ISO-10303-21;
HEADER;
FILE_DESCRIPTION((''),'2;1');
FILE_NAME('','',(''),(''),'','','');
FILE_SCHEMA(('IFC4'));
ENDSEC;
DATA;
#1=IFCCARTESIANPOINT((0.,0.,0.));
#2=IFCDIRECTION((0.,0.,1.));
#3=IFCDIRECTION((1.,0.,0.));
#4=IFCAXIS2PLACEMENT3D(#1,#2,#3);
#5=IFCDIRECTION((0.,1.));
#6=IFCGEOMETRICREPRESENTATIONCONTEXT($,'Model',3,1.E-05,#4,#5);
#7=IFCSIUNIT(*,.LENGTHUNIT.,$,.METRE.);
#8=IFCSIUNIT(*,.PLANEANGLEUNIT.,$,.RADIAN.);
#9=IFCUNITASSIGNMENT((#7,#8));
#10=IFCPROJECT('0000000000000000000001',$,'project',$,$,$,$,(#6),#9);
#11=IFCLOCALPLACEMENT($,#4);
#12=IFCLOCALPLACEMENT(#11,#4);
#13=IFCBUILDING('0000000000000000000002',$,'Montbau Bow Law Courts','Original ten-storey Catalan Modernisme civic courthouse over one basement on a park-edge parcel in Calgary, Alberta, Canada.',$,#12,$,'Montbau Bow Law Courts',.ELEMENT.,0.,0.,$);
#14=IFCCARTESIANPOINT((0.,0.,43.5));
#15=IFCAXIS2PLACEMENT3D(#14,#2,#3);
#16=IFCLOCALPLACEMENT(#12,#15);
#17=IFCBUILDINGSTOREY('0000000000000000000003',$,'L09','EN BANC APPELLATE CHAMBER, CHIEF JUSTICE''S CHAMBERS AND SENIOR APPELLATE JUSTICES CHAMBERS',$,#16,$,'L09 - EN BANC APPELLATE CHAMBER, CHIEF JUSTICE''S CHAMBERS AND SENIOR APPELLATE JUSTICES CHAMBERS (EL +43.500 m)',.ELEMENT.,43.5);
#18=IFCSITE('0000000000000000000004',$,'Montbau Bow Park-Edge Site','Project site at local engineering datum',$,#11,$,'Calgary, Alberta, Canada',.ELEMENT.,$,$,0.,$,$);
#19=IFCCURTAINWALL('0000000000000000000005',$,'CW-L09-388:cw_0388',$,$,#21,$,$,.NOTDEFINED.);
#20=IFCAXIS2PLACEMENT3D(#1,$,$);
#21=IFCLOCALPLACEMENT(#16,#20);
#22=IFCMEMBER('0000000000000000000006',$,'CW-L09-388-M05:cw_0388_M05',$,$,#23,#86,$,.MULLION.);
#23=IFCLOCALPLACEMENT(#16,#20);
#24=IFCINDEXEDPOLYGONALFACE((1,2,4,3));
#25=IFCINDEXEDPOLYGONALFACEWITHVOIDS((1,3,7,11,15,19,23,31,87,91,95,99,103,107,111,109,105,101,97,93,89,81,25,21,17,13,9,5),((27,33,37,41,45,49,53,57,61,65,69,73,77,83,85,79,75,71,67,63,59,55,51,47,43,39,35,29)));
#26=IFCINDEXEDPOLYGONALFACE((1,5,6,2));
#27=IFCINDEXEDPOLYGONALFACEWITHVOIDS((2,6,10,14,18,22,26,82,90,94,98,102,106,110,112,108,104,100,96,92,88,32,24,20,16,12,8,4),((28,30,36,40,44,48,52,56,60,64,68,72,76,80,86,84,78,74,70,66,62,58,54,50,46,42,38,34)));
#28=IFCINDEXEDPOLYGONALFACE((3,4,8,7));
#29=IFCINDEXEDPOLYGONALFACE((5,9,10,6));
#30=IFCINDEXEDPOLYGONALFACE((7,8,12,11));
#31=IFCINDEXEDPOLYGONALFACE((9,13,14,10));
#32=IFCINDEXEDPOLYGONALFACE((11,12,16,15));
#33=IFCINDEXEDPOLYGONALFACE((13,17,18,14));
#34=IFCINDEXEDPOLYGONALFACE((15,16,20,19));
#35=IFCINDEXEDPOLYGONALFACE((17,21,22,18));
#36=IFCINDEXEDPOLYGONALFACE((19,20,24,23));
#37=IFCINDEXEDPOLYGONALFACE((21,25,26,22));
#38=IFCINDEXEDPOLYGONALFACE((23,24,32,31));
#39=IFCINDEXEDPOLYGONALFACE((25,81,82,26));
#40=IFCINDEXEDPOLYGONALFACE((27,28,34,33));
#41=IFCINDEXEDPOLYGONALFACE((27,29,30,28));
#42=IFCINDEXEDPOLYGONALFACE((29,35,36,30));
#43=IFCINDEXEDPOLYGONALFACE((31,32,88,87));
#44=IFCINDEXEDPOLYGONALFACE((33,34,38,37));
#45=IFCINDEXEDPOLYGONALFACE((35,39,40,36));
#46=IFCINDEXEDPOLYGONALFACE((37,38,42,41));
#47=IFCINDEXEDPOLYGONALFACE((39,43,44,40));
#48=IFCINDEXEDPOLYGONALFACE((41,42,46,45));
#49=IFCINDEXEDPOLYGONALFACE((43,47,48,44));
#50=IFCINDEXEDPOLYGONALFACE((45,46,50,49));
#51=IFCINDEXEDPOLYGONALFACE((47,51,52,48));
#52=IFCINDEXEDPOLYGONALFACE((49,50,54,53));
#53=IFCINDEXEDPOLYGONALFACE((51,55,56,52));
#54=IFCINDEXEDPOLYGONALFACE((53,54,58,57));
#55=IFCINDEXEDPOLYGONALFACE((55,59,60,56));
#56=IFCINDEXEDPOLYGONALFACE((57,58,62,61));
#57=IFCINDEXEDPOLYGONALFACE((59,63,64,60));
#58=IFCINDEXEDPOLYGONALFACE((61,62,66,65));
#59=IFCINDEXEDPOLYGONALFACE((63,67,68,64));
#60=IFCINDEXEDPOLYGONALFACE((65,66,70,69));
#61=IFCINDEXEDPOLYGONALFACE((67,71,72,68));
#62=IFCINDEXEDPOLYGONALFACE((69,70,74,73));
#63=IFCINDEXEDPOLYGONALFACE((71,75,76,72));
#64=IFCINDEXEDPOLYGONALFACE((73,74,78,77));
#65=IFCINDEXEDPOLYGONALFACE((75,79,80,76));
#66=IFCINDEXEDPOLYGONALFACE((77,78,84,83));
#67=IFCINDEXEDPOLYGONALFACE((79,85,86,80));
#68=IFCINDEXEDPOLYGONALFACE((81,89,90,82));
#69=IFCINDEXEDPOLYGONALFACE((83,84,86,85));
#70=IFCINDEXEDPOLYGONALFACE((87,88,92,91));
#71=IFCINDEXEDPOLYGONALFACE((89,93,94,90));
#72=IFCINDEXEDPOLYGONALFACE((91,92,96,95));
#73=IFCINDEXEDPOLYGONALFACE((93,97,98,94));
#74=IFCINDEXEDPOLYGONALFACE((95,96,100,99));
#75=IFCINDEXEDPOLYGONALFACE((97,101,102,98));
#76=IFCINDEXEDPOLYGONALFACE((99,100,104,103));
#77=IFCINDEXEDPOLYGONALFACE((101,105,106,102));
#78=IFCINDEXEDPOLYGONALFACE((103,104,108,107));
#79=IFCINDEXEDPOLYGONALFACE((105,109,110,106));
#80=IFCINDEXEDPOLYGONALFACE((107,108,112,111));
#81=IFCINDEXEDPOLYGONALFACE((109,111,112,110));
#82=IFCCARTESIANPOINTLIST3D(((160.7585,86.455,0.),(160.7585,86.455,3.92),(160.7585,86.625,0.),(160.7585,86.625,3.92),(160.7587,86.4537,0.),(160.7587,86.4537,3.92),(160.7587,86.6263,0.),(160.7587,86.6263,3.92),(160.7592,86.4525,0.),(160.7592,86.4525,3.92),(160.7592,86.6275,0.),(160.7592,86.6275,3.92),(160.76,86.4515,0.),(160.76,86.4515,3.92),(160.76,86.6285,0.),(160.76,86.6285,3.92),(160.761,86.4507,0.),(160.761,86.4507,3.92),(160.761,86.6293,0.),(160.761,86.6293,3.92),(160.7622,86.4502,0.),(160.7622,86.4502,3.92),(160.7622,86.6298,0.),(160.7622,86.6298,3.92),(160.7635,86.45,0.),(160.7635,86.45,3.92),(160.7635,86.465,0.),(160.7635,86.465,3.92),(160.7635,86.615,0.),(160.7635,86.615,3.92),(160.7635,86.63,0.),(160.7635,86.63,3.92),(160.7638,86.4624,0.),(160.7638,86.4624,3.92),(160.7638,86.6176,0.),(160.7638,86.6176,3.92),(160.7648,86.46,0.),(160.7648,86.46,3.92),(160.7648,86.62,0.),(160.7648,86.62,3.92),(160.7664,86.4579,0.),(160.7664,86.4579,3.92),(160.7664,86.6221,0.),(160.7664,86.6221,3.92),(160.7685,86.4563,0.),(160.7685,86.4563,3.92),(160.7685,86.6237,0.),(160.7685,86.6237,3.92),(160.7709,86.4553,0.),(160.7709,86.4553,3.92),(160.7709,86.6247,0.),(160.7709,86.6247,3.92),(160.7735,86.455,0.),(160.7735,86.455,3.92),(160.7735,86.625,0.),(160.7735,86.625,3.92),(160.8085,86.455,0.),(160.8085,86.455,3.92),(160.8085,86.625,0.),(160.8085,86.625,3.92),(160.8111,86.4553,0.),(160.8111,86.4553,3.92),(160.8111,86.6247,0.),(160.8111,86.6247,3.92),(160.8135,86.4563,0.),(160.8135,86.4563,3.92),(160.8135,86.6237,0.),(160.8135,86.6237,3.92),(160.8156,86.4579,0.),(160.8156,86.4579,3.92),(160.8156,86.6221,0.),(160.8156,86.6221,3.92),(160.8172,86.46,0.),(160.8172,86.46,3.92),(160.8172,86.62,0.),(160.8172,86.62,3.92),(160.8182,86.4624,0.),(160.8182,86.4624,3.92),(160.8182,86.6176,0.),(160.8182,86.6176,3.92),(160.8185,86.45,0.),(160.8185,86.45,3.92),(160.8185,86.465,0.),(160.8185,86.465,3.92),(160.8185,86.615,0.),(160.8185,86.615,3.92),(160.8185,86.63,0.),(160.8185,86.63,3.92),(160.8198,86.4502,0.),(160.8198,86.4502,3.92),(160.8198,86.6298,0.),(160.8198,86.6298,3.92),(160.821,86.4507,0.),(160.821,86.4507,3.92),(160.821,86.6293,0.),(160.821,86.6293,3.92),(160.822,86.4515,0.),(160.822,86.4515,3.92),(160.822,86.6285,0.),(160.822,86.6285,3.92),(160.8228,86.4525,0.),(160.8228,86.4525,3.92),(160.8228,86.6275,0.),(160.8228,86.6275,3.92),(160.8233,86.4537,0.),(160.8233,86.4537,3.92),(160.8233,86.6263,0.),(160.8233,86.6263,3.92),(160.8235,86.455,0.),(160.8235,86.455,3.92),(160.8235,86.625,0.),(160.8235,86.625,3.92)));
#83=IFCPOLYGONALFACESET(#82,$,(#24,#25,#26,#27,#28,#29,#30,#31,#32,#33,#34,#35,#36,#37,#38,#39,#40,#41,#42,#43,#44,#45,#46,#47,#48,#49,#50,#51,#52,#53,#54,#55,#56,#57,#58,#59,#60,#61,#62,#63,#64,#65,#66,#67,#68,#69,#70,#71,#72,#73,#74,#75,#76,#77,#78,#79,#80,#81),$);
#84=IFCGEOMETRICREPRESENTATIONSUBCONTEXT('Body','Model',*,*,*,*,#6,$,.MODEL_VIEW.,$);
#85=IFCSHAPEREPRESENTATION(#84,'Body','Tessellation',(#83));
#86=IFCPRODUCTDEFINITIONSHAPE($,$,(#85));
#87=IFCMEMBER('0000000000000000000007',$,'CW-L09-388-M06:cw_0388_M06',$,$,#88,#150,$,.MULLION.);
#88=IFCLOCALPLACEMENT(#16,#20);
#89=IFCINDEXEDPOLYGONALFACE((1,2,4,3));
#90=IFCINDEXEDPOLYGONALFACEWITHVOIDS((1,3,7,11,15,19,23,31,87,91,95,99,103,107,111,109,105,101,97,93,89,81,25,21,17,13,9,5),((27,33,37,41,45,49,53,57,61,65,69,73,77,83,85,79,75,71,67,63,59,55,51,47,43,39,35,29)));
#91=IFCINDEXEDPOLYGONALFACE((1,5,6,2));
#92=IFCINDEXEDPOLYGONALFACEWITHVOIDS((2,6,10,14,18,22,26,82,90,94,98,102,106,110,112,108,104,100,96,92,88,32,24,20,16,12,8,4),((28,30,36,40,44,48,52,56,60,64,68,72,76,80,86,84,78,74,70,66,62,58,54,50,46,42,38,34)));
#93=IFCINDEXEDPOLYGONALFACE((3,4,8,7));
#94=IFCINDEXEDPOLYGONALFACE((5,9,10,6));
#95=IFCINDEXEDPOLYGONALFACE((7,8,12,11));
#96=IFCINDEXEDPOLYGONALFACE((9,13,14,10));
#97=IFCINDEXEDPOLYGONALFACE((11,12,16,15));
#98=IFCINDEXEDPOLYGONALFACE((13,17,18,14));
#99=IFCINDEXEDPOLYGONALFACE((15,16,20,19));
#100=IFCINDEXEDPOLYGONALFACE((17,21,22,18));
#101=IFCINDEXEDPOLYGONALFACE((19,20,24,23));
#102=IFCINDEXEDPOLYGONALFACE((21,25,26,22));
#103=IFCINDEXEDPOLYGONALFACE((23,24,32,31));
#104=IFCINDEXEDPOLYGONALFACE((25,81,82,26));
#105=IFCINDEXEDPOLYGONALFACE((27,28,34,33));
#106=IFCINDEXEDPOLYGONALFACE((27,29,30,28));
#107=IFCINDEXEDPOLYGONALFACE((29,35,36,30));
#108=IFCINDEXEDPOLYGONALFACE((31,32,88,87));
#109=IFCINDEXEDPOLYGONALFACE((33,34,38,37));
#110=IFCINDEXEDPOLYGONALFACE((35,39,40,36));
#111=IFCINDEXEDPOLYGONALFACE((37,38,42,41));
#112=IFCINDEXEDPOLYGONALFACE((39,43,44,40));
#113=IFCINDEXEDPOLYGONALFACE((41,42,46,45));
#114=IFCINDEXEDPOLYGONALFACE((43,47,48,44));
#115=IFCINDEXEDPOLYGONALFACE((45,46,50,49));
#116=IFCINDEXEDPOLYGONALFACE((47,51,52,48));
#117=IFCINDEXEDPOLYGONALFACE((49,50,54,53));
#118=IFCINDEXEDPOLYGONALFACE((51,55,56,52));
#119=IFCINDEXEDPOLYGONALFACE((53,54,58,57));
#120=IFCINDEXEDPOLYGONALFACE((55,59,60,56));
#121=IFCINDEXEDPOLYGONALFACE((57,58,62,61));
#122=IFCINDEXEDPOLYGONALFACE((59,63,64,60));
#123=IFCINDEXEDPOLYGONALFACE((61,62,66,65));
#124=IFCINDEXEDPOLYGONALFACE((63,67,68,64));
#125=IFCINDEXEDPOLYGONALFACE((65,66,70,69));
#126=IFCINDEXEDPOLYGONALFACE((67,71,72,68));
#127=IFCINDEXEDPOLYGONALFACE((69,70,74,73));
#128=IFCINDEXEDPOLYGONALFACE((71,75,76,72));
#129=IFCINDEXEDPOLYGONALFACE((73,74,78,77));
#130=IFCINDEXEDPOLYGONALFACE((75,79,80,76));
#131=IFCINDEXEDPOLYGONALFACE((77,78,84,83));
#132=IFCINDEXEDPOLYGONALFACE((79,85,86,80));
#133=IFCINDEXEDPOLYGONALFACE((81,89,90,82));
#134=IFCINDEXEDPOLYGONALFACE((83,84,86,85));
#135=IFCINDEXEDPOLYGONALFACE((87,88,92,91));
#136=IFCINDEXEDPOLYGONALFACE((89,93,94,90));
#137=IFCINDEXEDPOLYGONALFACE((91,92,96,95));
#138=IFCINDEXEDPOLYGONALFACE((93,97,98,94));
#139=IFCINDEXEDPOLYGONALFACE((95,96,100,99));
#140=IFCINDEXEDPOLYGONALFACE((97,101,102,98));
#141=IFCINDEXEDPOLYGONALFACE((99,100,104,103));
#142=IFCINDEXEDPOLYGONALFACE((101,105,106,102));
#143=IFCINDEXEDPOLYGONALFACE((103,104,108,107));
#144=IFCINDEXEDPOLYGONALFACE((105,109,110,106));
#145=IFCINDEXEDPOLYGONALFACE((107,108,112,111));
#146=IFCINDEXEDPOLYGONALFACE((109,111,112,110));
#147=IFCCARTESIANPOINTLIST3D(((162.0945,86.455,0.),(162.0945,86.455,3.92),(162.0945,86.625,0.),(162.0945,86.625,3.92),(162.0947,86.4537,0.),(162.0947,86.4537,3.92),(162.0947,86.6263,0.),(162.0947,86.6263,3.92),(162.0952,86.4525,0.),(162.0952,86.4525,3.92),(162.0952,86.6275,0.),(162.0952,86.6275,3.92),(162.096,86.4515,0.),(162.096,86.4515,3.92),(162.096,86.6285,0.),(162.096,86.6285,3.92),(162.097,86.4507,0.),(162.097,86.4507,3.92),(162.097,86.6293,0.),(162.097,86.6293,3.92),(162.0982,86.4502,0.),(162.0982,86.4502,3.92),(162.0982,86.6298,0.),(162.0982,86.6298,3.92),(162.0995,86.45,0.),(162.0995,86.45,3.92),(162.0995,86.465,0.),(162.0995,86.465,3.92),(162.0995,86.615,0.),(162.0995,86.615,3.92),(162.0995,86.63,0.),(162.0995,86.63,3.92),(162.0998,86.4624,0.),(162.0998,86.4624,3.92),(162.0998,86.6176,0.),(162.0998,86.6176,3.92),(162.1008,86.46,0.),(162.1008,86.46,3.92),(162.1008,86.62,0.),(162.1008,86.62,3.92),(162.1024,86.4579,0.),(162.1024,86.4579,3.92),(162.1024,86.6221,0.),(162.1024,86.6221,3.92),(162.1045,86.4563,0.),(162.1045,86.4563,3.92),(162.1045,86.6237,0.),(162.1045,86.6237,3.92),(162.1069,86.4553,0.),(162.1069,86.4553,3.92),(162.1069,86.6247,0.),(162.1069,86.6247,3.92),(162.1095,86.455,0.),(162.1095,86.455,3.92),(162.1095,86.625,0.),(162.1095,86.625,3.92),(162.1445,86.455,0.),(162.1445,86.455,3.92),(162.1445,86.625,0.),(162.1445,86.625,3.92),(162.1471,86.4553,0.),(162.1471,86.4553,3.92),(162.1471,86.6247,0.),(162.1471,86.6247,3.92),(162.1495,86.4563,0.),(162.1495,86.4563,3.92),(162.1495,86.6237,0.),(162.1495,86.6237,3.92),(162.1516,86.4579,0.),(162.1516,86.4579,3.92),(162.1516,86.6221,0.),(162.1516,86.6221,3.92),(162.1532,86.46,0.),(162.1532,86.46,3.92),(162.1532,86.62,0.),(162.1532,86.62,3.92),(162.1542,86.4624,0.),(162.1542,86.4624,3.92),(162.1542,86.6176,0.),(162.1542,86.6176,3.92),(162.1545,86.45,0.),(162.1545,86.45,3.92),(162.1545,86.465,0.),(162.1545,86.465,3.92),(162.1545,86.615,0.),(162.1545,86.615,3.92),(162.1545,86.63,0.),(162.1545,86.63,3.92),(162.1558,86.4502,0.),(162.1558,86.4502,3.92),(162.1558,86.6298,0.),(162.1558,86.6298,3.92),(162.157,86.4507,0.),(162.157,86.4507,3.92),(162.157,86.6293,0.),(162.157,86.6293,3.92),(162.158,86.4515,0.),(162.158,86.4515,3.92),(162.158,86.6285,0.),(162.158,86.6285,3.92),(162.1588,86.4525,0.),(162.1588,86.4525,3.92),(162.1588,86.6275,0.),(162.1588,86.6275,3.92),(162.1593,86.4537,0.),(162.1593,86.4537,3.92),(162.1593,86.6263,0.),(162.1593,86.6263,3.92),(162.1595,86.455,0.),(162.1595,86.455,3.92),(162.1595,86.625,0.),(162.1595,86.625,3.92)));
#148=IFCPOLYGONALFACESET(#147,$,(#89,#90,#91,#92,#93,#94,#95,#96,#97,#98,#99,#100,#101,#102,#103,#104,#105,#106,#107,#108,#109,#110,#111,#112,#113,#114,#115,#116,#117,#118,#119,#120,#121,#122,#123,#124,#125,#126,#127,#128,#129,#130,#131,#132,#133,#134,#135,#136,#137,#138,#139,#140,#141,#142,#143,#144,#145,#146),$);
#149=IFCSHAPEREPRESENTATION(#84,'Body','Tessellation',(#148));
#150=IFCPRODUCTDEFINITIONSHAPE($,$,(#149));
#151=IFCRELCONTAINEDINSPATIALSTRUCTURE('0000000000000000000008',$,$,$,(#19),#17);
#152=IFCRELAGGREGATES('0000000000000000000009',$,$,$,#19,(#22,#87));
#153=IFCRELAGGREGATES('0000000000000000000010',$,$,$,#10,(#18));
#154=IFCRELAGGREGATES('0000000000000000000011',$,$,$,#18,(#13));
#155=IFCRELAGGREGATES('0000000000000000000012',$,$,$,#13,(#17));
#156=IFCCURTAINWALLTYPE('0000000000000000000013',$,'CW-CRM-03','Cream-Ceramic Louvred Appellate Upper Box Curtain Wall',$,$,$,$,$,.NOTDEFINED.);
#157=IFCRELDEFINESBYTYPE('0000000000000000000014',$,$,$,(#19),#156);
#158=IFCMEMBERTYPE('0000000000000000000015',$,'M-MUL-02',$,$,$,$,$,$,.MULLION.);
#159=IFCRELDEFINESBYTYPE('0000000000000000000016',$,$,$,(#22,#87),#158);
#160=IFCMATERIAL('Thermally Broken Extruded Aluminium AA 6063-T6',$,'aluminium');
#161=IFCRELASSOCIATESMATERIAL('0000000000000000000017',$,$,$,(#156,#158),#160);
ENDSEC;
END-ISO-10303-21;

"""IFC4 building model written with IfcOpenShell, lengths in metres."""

from ifc_helpers import new_model, si_unit, direction, frame, origin_with_axes, origin_2d_with_axis, place, context, subcontext, project, spatial, hollow_rectangle, extrude, material, material_profile, profile_set, type_object, element, aggregate, save


model = new_model("IFC4")

# Units and contexts
model_context = context("Model", 3, precision=1e-05, world=origin_with_axes(), true_north=direction((0.0, 1.0)))
body_context = subcontext(model_context, "Body", "Model", "MODEL_VIEW")
ifc_project = project(units=[si_unit("LENGTHUNIT", "METRE"), si_unit("PLANEANGLEUNIT", "RADIAN")], contexts=[model_context])

# Site, building, storey
site_placement = place(None, origin_with_axes())
site = spatial("IfcSite", under=ifc_project, at=site_placement, Name="Montbau Bow Park-Edge Site", Description="Project site at local engineering datum", LongName="Calgary, Alberta, Canada", CompositionType="ELEMENT", RefElevation=0.0)
building_placement = place(site_placement, origin_with_axes())
building = spatial("IfcBuilding", under=site, at=building_placement, Name="Montbau Bow Law Courts", Description="Original ten-storey Catalan Modernisme civic courthouse over one basement on a park-edge parcel in Calgary, Alberta, Canada.", LongName="Montbau Bow Law Courts", CompositionType="ELEMENT", ElevationOfRefHeight=0.0, ElevationOfTerrain=0.0)
storey_placement = place(building_placement, frame((0.0, 0.0, 43.5), z_axis=(0.0, 0.0, 1.0), x_axis=(1.0, 0.0, 0.0)))
storey = spatial("IfcBuildingStorey", under=building, at=storey_placement, Name="L09", Description="EN BANC APPELLATE CHAMBER, CHIEF JUSTICE'S CHAMBERS AND SENIOR APPELLATE JUSTICES CHAMBERS", LongName="L09 - EN BANC APPELLATE CHAMBER, CHIEF JUSTICE'S CHAMBERS AND SENIOR APPELLATE JUSTICES CHAMBERS (EL +43.500 m)", CompositionType="ELEMENT", Elevation=43.5)

# Curtain wall, members
ifc_material_1 = material(Name="Thermally Broken Extruded Aluminium AA 6063-T6", Category="aluminium")
curtain_wall_type = type_object("IfcCurtainWallType", Name="CW-CRM-03", Description="Cream-Ceramic Louvred Appellate Upper Box Curtain Wall", PredefinedType="NOTDEFINED", material=ifc_material_1)
curtain_wall_1_placement = place(None, frame((155.315, 86.54, 43.5), z_axis=(0.0, 0.0, 1.0), x_axis=(1.0, 0.0, 0.0)))
curtain_wall_1 = element("IfcCurtainWall", 1, at=curtain_wall_1_placement, inside=storey, type_object=curtain_wall_type, Name="CW-L09-388:cw_0388", PredefinedType="NOTDEFINED")
ifc_material_profile_1 = material_profile(ifc_material_1, hollow_rectangle(XDim=0.065, YDim=0.18, WallThickness=0.005, InnerFilletRadius=0.01, OuterFilletRadius=0.005, at=origin_2d_with_axis()), Name="CWM-180X65", Category="Main", Priority=0)
ifc_profile_set_1 = profile_set([ifc_material_profile_1], Name="Thermally Broken Extruded Aluminium AA 6063-T6")
member_type_1 = type_object("IfcMemberType", Name="M-MUL-02", PredefinedType="MULLION", material=ifc_profile_set_1)
member_1_placement = place(None, frame((160.791, 86.54, 43.5), z_axis=(0.0, 0.0, 1.0), x_axis=(1.0, 0.0, 0.0)))
member_1 = element("IfcMember", 2, at=member_1_placement, type_object=member_type_1, Name="CW-L09-388-M05:cw_0388_M05", PredefinedType="MULLION", context=body_context, shape_type="SweptSolid", body=[
    extrude(hollow_rectangle(XDim=0.065, YDim=0.18, WallThickness=0.005, InnerFilletRadius=0.01, OuterFilletRadius=0.005, at=origin_2d_with_axis()), origin_with_axes(), (0.0, 0.0, 1.0), 3.92),
])
member_2_placement = place(None, frame((162.127, 86.54, 43.5), z_axis=(0.0, 0.0, 1.0), x_axis=(1.0, 0.0, 0.0)))
member_2 = element("IfcMember", 3, at=member_2_placement, type_object=member_type_1, Name="CW-L09-388-M06:cw_0388_M06", PredefinedType="MULLION", context=body_context, shape_type="SweptSolid", body=[
    extrude(hollow_rectangle(XDim=0.065, YDim=0.18, WallThickness=0.005, InnerFilletRadius=0.01, OuterFilletRadius=0.005, at=origin_2d_with_axis()), origin_with_axes(), (0.0, 0.0, 1.0), 3.92),
])

aggregate(curtain_wall_1, [member_1, member_2])

save(model, "model.ifc")
